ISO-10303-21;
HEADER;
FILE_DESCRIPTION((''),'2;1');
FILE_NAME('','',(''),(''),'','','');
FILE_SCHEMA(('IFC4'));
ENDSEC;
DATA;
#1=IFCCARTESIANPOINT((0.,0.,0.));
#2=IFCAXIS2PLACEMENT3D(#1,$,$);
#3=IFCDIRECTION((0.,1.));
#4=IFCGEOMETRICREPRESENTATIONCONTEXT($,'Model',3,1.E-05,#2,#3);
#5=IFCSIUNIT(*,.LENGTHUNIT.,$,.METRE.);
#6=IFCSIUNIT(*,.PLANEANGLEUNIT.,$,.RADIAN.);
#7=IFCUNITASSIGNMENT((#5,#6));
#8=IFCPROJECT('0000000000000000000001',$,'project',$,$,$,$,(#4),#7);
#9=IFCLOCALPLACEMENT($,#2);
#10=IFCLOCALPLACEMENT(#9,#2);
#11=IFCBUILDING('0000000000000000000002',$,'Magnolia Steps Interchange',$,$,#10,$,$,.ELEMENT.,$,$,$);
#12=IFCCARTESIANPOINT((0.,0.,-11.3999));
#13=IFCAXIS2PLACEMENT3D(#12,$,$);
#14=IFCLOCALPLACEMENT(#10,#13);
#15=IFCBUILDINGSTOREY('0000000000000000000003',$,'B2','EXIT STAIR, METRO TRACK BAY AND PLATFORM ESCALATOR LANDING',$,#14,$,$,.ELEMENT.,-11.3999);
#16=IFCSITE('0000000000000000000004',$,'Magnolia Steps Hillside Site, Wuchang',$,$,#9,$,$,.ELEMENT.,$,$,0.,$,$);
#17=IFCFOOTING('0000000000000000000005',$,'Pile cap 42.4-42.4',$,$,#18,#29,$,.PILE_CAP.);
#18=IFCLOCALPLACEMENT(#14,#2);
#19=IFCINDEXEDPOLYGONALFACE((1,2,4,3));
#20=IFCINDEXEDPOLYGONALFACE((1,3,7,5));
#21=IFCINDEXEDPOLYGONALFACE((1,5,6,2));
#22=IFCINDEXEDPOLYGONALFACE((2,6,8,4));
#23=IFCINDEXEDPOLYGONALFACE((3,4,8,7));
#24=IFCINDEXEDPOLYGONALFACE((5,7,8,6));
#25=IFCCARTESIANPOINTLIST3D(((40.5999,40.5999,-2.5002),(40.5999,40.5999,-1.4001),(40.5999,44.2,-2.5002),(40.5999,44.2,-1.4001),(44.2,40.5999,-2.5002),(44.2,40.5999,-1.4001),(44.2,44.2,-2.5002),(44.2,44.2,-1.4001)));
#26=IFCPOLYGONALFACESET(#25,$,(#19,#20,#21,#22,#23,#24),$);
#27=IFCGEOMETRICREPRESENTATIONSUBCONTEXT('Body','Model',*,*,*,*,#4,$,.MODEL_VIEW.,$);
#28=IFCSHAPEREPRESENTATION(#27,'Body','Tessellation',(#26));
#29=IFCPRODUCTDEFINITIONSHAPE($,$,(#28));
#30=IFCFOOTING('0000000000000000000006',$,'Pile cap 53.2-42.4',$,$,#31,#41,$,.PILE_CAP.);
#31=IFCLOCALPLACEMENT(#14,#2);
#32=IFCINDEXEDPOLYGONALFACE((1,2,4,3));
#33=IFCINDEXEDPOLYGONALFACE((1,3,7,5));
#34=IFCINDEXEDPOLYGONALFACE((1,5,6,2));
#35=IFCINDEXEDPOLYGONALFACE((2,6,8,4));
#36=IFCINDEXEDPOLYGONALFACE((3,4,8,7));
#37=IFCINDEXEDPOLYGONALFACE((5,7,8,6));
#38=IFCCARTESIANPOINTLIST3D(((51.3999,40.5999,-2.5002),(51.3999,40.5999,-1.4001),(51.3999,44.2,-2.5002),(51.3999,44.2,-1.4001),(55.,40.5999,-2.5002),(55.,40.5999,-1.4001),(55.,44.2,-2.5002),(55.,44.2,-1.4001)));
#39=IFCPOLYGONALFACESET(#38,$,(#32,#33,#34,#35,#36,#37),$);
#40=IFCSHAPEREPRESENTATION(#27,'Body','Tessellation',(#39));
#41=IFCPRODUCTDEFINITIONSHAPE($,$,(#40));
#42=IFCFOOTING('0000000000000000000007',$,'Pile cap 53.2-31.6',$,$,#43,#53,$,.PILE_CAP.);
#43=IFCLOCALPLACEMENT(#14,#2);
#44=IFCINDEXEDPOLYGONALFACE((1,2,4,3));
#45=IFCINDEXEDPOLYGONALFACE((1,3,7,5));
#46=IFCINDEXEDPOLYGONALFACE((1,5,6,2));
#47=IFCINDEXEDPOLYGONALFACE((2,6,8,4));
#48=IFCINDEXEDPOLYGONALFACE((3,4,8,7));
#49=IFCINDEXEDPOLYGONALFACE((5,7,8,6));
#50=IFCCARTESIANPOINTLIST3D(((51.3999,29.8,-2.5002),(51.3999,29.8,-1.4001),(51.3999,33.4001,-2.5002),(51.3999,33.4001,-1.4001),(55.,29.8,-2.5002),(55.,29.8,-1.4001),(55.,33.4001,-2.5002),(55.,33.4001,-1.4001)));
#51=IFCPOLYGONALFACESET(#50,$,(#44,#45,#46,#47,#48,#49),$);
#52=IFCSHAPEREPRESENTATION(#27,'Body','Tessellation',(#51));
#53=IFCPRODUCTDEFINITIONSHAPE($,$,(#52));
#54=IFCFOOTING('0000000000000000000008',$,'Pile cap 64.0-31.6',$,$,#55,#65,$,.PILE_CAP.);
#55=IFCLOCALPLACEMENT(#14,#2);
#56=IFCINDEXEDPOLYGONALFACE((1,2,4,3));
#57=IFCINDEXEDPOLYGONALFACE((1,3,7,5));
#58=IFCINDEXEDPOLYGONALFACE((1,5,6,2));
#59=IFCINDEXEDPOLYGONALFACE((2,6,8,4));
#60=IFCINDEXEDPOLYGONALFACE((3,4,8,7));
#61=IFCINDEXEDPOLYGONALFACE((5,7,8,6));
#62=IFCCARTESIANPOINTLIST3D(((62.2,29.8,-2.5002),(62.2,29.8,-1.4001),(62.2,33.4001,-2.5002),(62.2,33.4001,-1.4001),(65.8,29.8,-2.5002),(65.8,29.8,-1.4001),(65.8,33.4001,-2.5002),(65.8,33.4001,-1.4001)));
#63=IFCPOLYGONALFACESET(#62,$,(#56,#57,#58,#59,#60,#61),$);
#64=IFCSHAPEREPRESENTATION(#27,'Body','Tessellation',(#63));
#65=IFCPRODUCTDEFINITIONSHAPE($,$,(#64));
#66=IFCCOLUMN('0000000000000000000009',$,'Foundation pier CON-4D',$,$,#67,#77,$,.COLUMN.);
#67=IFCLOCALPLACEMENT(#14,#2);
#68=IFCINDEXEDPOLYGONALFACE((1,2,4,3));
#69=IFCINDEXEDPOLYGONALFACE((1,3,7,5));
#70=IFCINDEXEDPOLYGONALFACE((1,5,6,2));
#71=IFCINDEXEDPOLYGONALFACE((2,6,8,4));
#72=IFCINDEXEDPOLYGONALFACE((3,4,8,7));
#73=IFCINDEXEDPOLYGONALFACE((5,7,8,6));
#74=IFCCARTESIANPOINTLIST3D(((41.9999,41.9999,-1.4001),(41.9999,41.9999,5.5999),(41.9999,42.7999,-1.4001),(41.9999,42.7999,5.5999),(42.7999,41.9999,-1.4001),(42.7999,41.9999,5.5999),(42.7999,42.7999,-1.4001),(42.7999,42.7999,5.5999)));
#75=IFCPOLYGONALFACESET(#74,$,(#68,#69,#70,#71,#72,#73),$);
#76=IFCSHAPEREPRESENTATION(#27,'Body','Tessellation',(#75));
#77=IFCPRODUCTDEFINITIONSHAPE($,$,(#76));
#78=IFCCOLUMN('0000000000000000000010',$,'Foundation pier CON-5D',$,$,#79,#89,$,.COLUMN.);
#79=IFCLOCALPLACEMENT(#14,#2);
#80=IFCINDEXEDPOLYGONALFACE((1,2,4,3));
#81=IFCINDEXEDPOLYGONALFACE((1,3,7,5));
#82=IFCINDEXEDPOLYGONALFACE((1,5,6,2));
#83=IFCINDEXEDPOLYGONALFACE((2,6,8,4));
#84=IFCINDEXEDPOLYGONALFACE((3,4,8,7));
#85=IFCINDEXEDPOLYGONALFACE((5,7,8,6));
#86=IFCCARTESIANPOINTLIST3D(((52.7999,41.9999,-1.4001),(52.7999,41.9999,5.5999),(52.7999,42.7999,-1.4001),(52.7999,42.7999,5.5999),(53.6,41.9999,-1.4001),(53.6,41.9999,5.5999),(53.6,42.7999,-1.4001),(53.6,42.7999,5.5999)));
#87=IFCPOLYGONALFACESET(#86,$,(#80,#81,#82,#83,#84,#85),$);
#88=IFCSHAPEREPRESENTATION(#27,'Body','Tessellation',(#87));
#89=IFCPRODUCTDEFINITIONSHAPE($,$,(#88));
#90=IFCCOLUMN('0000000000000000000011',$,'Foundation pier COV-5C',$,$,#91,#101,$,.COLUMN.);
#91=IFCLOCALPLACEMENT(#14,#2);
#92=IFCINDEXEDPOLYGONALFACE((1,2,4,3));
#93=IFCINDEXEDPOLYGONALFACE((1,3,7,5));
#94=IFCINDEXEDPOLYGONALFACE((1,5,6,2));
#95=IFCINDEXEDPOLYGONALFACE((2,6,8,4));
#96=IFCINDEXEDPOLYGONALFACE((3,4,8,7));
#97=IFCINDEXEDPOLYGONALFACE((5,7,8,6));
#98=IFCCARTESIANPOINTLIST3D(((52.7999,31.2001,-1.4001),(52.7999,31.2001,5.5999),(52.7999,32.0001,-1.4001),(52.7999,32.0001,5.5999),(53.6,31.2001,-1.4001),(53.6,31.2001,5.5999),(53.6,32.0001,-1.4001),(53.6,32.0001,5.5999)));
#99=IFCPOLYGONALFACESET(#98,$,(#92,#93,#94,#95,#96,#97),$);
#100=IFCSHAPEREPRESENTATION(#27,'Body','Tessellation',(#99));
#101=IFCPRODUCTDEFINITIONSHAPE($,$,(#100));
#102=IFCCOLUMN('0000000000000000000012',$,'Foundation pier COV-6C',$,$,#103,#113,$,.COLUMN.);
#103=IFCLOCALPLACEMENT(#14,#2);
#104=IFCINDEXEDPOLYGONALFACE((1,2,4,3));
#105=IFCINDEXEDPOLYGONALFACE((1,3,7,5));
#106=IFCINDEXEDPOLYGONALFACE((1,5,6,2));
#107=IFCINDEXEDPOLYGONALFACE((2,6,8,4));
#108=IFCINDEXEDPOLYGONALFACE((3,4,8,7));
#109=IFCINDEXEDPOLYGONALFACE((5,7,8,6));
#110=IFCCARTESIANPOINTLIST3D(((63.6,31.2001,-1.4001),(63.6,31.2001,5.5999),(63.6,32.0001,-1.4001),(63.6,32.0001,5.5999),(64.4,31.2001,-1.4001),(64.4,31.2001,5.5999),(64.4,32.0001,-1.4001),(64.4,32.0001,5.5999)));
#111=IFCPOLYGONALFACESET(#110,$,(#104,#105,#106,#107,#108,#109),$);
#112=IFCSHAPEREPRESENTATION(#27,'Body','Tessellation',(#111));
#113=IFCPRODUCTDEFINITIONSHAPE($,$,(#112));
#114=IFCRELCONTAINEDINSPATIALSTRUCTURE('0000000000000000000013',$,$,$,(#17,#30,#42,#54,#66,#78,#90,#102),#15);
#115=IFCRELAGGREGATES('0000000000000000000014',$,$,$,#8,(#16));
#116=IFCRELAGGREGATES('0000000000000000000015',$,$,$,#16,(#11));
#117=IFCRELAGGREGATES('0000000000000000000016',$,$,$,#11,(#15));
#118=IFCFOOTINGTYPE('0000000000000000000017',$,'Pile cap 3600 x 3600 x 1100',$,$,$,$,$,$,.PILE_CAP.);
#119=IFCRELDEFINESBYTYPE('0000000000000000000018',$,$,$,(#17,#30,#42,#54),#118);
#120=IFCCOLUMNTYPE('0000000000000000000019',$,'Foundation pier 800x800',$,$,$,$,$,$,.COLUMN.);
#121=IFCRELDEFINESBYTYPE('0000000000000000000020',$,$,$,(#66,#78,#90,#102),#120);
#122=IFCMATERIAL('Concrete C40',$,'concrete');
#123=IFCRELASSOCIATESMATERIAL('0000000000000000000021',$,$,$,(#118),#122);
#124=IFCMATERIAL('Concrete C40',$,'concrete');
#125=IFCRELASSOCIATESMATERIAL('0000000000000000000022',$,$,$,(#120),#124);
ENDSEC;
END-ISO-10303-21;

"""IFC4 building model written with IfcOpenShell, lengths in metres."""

from ifc_helpers import new_model, si_unit, direction, frame, origin, origin_2d, place, context, subcontext, project, spatial, rectangle, extrude, material, material_profile, profile_set, type_object, element, save


model = new_model("IFC4")

# Units and contexts
model_context = context("Model", 3, precision=1e-05, world=origin(), true_north=direction((0.0, 1.0)))
body_context = subcontext(model_context, "Body", "Model", "MODEL_VIEW")
ifc_project = project(units=[si_unit("LENGTHUNIT", "METRE"), si_unit("PLANEANGLEUNIT", "RADIAN")], contexts=[model_context])

# Site, building, storey
site_placement = place(None, origin())
site = spatial("IfcSite", under=ifc_project, at=site_placement, Name="Magnolia Steps Hillside Site, Wuchang", CompositionType="ELEMENT", RefElevation=0.0)
building_placement = place(site_placement, origin())
building = spatial("IfcBuilding", under=site, at=building_placement, Name="Magnolia Steps Interchange", CompositionType="ELEMENT")
storey_placement = place(building_placement, frame((0.0, 0.0, -11.3999)))
storey = spatial("IfcBuildingStorey", under=building, at=storey_placement, Name="B2", Description="EXIT STAIR, METRO TRACK BAY AND PLATFORM ESCALATOR LANDING", CompositionType="ELEMENT", Elevation=-11.3999)

# Footings
ifc_material_1 = material(Name="Concrete C40", Category="concrete")
footing_type = type_object("IfcFootingType", Name="Pile cap 3600 x 3600 x 1100", PredefinedType="PILE_CAP", material=ifc_material_1)
for number, where, z_axis, x_axis, name in (
    (1, (42.3999, 42.3999, -2.5002), (0.0, 0.0, 1.0), (1.0, 0.0, 0.0), "Pile cap 42.4-42.4"),
    (2, (53.2, 42.3999, -2.5002), (0.0, 0.0, 1.0), (1.0, 0.0, 0.0), "Pile cap 53.2-42.4"),
    (3, (53.2, 31.6001, -2.5002), (0.0, 0.0, 1.0), (1.0, 0.0, 0.0), "Pile cap 53.2-31.6"),
    (4, (64.0, 31.6001, -2.5002), (0.0, 0.0, 1.0), (1.0, 0.0, 0.0), "Pile cap 64.0-31.6"),
):
    element("IfcFooting", number, at=place(storey_placement, frame(where, z_axis=z_axis, x_axis=x_axis)), inside=storey, type_object=footing_type, Name=name, PredefinedType="PILE_CAP", context=body_context, shape_type="SweptSolid", body=[
        extrude(rectangle(XDim=3.6001, YDim=3.6001, at=origin_2d()), origin(), (0.0, 0.0, 1.0), 1.1001),
    ])

# Columns
ifc_material_2 = material(Name="Concrete C40", Category="concrete")
ifc_material_profile_1 = material_profile(ifc_material_2, rectangle(XDim=0.8, YDim=0.8, at=origin_2d()), Name="RC800x800")
ifc_profile_set_1 = profile_set([ifc_material_profile_1], Name="Concrete C40")
column_type = type_object("IfcColumnType", Name="Foundation pier 800x800", PredefinedType="COLUMN", material=ifc_profile_set_1)
for number, where, z_axis, x_axis, name in (
    (5, (42.3999, 42.3999, -1.4001), (0.0, 0.0, 1.0), (1.0, 0.0, 0.0), "Foundation pier CON-4D"),
    (6, (53.2, 42.3999, -1.4001), (0.0, 0.0, 1.0), (1.0, 0.0, 0.0), "Foundation pier CON-5D"),
    (7, (53.2, 31.6001, -1.4001), (0.0, 0.0, 1.0), (1.0, 0.0, 0.0), "Foundation pier COV-5C"),
    (8, (64.0, 31.6001, -1.4001), (0.0, 0.0, 1.0), (1.0, 0.0, 0.0), "Foundation pier COV-6C"),
):
    element("IfcColumn", number, at=place(storey_placement, frame(where, z_axis=z_axis, x_axis=x_axis)), inside=storey, type_object=column_type, Name=name, PredefinedType="COLUMN", context=body_context, shape_type="SweptSolid", body=[
        extrude(rectangle(XDim=0.8, YDim=0.8, at=origin_2d()), origin(), (0.0, 0.0, 1.0), 7.0),
    ])

save(model, "model.ifc")
